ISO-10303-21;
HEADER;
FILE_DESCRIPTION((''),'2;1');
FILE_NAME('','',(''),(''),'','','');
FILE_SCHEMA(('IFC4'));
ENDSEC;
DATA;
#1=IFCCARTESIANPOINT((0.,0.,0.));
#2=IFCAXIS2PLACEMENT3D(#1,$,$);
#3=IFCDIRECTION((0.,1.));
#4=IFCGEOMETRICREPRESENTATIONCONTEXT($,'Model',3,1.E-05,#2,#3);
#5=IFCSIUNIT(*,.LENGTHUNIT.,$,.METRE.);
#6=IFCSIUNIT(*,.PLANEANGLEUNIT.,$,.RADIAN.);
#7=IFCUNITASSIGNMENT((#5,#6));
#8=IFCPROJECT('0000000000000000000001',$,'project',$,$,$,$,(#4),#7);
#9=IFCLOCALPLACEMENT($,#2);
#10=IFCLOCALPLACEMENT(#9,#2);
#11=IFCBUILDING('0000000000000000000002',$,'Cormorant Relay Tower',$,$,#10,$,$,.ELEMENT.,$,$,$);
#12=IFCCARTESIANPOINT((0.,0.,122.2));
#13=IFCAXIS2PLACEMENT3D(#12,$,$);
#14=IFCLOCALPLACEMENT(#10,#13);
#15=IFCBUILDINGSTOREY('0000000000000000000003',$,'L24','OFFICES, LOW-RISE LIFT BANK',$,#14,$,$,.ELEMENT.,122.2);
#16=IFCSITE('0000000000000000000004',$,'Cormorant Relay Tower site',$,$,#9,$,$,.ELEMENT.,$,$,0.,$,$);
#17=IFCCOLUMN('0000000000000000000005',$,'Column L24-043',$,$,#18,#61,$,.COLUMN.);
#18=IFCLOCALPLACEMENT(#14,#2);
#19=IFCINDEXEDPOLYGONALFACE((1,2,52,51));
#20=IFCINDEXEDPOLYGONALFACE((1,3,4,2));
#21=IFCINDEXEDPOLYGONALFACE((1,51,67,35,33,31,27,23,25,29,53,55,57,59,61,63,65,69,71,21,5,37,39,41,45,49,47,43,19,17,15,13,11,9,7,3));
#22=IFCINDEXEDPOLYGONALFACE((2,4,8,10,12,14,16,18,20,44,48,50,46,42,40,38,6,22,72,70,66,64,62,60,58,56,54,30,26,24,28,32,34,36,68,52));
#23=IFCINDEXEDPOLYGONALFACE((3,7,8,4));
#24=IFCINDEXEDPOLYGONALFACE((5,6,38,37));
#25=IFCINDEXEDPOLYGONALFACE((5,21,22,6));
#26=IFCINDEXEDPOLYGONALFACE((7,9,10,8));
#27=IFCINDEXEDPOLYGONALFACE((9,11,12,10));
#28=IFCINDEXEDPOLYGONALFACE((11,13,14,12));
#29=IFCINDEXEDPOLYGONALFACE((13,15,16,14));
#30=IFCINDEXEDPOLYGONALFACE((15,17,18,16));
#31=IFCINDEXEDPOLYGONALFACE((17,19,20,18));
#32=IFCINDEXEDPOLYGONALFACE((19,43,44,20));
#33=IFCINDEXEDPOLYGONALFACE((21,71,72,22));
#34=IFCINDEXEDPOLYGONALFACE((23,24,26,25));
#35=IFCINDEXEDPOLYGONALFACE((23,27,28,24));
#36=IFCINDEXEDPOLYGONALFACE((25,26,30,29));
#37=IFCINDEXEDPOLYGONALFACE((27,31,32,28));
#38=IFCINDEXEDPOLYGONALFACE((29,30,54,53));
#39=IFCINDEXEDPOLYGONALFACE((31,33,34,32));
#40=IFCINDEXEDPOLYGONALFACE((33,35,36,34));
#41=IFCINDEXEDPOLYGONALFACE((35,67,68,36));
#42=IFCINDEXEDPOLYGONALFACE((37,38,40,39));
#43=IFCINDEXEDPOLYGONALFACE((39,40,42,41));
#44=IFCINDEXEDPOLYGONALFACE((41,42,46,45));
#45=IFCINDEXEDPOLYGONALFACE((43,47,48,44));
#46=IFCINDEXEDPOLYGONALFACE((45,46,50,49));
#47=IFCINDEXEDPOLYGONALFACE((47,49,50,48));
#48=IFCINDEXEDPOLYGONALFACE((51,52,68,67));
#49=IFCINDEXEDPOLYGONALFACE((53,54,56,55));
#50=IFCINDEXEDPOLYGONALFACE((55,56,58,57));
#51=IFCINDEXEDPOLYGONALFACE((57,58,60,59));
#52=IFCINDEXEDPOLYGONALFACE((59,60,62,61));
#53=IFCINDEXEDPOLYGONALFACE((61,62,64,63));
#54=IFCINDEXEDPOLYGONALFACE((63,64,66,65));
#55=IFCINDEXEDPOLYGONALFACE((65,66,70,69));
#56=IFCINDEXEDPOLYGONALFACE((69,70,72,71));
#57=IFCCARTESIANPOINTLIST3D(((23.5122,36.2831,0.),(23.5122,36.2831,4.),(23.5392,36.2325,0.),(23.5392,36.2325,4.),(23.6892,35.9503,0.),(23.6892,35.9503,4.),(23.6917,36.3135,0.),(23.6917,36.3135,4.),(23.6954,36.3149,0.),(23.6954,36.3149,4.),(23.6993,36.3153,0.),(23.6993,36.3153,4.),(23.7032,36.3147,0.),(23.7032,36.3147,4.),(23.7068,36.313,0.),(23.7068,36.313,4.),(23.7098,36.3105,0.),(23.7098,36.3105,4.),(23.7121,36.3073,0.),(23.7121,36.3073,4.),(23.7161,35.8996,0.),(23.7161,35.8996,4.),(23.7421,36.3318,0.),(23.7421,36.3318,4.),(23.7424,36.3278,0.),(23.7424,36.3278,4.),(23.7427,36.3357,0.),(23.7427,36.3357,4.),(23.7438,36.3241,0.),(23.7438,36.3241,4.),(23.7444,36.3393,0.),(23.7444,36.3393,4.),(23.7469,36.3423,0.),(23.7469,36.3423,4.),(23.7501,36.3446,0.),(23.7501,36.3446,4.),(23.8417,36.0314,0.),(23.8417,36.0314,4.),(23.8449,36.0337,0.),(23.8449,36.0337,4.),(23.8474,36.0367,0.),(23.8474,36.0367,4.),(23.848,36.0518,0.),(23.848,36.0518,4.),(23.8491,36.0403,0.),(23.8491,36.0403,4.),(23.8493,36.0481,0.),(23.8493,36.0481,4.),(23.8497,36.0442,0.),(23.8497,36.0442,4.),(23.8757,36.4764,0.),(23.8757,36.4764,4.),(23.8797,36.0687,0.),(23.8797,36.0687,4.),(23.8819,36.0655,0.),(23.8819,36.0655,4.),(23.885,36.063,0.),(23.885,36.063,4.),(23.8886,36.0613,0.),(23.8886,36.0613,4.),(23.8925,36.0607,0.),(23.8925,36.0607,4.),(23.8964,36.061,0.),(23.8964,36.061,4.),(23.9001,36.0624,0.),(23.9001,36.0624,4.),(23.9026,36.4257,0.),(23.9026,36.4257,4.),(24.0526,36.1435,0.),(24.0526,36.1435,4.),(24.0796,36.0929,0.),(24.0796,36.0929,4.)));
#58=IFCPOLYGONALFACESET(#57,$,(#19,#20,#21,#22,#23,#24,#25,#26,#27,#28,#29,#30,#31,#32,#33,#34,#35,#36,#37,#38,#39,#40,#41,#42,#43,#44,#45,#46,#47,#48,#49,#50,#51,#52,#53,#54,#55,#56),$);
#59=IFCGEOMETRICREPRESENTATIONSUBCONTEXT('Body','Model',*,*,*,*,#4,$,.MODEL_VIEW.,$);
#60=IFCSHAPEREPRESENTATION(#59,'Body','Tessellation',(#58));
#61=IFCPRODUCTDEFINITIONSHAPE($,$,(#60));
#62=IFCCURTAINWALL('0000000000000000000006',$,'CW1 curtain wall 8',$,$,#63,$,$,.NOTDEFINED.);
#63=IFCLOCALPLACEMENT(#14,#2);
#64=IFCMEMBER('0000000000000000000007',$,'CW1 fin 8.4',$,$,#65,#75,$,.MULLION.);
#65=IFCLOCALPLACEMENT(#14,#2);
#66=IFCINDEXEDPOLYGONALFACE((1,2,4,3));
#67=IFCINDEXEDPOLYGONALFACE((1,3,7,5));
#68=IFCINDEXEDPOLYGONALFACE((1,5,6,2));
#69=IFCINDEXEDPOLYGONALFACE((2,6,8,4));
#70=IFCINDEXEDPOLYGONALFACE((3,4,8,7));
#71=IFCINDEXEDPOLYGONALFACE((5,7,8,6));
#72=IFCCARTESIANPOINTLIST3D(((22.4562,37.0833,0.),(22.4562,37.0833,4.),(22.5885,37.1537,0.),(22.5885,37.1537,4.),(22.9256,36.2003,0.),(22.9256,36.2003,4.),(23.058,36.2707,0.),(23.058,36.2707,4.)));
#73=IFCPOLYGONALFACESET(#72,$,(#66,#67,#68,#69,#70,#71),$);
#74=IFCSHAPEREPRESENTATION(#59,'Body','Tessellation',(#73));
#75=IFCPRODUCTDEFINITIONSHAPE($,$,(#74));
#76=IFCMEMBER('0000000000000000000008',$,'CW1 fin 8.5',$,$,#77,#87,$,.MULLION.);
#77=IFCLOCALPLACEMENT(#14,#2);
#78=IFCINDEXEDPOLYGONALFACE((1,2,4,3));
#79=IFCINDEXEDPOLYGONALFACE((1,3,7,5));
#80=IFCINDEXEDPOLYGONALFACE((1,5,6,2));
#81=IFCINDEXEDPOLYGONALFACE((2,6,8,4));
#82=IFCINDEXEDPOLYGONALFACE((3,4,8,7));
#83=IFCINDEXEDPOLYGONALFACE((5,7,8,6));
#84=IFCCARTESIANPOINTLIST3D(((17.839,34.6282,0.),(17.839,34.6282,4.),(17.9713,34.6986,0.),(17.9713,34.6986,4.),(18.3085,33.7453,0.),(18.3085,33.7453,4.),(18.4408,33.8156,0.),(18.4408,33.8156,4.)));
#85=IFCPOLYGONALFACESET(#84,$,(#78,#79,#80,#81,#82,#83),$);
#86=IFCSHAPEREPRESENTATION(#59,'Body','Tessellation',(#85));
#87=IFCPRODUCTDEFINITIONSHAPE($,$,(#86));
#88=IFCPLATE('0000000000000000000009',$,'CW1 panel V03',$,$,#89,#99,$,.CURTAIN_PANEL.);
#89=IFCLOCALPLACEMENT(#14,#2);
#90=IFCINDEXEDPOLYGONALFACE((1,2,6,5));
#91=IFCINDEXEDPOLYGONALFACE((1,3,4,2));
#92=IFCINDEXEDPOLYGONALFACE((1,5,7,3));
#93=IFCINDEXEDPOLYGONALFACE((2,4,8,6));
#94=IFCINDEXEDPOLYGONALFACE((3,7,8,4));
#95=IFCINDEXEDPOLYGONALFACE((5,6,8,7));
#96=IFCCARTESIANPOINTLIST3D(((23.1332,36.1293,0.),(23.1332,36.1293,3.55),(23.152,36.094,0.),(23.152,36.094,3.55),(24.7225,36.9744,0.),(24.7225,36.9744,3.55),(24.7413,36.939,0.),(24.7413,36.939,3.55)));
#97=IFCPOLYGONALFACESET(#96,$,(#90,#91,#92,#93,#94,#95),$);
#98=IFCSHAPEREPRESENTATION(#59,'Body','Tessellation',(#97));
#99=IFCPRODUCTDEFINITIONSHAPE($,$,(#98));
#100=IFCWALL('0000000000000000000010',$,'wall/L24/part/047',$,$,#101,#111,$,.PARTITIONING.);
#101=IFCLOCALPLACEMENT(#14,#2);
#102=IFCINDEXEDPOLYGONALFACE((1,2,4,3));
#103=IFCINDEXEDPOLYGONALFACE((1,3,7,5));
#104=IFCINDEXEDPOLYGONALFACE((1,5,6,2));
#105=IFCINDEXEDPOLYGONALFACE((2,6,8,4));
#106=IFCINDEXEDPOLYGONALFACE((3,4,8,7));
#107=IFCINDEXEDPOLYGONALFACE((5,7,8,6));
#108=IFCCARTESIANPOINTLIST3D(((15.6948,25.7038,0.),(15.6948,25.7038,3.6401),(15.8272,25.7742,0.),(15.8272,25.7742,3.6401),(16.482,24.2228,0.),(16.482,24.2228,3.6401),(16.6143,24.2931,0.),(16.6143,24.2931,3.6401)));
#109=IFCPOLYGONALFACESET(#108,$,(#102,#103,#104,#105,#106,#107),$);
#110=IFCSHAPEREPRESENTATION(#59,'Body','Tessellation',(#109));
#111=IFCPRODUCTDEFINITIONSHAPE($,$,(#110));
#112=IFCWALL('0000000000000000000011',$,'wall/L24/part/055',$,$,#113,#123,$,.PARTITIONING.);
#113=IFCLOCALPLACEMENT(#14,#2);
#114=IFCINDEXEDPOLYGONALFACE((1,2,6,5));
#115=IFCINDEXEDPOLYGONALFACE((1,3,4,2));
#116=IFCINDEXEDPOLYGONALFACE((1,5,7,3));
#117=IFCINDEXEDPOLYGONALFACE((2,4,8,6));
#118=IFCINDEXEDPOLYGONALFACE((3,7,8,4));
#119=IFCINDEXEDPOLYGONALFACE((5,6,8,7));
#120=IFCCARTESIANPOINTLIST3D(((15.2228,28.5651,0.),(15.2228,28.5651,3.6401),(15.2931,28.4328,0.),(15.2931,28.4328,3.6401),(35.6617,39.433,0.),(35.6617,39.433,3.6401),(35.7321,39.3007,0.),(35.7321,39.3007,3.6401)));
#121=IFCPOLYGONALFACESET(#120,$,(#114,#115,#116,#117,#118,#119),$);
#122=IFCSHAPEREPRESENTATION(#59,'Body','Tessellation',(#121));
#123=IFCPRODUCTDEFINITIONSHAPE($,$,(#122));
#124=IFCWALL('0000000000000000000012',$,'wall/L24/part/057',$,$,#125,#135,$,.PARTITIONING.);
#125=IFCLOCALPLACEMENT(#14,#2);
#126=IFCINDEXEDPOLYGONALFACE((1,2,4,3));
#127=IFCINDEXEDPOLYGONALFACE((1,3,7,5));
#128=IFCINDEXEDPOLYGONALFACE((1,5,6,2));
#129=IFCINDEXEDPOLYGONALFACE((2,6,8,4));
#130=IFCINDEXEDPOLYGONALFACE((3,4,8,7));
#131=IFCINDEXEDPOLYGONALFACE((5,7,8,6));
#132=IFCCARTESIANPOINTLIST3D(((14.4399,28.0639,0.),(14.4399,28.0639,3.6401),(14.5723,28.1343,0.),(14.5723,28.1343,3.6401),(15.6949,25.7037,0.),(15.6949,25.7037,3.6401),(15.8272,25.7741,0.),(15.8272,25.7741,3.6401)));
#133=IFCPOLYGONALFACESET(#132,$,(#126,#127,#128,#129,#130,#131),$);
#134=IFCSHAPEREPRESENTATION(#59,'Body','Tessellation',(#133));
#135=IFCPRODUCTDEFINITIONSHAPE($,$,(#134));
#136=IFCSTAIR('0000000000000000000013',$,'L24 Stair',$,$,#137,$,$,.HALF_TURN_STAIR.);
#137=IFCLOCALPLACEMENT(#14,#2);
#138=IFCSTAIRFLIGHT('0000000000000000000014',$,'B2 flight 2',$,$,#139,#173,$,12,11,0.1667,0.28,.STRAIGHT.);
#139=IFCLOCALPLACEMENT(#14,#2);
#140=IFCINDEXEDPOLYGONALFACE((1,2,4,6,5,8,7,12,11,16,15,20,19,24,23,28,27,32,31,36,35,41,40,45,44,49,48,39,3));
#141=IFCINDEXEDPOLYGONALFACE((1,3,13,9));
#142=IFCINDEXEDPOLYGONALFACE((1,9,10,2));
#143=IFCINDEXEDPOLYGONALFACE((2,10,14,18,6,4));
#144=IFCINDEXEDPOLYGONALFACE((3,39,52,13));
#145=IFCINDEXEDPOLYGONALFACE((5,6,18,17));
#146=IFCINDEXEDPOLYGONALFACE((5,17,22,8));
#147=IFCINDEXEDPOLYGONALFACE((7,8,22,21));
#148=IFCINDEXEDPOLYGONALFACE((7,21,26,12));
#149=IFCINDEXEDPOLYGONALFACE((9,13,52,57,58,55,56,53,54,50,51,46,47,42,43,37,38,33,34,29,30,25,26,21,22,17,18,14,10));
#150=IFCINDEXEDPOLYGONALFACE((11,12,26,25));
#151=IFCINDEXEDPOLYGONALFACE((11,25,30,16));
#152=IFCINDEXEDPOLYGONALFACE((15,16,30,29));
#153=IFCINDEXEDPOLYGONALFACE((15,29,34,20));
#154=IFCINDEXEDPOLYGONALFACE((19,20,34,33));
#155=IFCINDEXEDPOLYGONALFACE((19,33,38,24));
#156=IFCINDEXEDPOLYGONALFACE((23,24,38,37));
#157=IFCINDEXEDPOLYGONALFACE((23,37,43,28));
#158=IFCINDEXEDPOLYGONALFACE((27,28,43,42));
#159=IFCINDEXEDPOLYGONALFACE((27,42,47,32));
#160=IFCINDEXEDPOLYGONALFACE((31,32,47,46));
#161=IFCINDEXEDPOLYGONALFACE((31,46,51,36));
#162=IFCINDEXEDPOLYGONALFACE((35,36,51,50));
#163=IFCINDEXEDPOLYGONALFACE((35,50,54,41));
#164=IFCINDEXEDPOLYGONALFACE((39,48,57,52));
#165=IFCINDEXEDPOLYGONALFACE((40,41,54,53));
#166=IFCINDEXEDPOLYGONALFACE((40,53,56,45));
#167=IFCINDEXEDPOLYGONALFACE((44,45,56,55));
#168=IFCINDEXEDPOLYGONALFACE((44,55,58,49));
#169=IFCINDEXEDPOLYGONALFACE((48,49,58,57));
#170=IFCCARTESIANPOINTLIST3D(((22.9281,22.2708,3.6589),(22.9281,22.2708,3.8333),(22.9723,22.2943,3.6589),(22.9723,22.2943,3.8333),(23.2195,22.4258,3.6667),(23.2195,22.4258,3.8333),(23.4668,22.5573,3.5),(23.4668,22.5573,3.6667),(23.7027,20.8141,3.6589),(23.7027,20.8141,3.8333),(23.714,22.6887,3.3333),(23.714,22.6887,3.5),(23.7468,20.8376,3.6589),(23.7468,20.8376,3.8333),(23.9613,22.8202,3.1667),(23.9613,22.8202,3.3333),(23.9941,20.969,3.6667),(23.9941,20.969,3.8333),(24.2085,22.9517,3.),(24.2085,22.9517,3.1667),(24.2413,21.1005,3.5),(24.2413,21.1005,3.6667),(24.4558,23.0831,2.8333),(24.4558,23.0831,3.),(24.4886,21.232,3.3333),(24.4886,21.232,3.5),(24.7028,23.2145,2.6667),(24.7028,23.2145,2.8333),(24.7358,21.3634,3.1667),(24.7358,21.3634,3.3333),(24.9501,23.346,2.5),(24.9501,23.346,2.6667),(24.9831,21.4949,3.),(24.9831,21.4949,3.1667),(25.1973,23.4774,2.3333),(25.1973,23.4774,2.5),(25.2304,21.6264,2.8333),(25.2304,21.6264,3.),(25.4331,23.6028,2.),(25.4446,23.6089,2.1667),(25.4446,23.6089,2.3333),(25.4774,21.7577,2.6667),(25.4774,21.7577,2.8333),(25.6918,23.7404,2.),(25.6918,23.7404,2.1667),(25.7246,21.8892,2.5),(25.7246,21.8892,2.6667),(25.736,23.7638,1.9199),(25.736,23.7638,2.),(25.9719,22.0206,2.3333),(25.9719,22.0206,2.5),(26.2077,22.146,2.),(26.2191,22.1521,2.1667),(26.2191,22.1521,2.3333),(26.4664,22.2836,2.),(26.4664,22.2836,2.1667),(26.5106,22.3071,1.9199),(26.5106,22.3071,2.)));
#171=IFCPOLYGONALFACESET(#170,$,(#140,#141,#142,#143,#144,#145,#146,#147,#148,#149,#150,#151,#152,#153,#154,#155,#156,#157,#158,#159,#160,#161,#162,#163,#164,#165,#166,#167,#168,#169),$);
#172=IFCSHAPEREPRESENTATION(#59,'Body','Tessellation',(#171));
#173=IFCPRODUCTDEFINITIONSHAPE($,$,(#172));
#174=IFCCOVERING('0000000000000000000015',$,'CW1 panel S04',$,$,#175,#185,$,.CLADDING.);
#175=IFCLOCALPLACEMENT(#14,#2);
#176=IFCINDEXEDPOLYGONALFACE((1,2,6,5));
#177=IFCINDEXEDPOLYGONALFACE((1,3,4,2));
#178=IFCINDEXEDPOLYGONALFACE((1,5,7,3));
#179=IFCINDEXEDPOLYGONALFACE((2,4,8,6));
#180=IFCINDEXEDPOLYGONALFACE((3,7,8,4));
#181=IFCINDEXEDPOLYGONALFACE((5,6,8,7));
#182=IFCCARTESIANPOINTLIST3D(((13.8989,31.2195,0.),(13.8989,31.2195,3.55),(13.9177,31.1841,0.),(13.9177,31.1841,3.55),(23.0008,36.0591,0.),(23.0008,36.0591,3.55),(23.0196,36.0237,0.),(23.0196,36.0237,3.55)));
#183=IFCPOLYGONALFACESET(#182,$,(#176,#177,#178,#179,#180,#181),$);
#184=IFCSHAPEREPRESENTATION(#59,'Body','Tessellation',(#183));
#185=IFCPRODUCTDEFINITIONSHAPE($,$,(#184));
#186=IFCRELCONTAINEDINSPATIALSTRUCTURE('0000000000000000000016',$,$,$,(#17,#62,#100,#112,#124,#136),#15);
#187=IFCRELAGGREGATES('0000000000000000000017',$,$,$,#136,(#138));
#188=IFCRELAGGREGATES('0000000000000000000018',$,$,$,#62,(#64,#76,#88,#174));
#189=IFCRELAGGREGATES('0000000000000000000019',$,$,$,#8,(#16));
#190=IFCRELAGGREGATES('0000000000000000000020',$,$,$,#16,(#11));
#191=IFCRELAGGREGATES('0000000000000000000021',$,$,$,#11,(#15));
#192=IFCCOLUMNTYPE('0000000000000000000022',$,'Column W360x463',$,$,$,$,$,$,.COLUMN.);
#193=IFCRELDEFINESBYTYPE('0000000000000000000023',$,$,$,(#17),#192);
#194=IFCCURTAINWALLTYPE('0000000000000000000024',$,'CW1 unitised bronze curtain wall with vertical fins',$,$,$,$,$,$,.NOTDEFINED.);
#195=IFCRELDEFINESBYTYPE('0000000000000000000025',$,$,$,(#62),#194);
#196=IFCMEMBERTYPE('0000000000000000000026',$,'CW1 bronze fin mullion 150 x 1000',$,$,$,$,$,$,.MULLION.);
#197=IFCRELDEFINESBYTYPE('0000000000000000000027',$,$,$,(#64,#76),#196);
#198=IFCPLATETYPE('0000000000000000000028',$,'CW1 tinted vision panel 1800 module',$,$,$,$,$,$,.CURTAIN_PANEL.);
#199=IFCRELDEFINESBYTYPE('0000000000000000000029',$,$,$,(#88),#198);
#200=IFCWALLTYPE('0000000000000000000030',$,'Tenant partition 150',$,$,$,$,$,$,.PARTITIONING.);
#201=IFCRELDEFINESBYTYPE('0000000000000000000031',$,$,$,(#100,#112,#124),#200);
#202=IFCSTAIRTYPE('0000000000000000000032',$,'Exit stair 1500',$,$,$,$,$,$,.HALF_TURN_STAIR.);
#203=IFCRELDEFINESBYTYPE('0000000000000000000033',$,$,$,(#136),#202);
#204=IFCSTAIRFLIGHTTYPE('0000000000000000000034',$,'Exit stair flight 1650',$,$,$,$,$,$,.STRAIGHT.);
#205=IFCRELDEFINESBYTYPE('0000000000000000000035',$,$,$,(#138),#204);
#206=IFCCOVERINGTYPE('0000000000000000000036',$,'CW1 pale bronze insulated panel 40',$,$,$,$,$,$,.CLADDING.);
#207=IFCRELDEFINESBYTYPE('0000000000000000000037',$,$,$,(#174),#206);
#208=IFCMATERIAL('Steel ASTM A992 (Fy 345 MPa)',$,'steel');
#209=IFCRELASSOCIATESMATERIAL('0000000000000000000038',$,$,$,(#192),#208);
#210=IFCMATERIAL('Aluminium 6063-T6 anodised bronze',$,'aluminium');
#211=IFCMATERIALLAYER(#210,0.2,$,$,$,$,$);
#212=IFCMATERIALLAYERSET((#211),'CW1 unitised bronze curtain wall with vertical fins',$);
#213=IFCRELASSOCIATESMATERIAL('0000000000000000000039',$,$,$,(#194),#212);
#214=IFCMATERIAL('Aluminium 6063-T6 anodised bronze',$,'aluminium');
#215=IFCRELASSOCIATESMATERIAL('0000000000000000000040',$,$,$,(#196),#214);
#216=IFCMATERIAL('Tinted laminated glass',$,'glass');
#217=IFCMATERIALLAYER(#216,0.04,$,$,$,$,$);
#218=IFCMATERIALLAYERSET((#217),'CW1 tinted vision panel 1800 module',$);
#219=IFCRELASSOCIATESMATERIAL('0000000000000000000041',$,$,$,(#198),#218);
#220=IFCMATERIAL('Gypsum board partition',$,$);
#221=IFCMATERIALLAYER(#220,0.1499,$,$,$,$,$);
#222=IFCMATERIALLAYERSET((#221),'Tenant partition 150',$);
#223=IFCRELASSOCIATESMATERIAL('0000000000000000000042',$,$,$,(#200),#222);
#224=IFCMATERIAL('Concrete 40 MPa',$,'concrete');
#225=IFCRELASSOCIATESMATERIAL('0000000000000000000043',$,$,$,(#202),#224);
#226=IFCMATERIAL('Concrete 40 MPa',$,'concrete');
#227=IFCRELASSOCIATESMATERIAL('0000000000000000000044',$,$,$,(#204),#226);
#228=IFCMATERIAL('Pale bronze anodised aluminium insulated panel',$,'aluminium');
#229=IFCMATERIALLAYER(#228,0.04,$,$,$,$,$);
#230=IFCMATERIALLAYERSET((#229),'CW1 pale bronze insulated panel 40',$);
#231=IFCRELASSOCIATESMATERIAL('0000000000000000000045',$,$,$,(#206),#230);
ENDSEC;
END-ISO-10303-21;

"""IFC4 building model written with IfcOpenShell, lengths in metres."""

from ifc_helpers import new_model, si_unit, direction, frame, frame_2d, origin, origin_2d, place, context, subcontext, project, spatial, polyline, rectangle, i_section, outline, extrude, material, layer, layer_set, material_profile, profile_set, type_object, element, aggregate, save


model = new_model("IFC4")

# Units and contexts
model_context = context("Model", 3, precision=1e-05, world=origin(), true_north=direction((0.0, 1.0)))
body_context = subcontext(model_context, "Body", "Model", "MODEL_VIEW")
ifc_project = project(units=[si_unit("LENGTHUNIT", "METRE"), si_unit("PLANEANGLEUNIT", "RADIAN")], contexts=[model_context])

# Site, building, storey
site_placement = place(None, origin())
site = spatial("IfcSite", under=ifc_project, at=site_placement, Name="Cormorant Relay Tower site", CompositionType="ELEMENT", RefElevation=0.0)
building_placement = place(site_placement, origin())
building = spatial("IfcBuilding", under=site, at=building_placement, Name="Cormorant Relay Tower", CompositionType="ELEMENT")
storey_placement = place(building_placement, frame((0.0, 0.0, 122.2)))
storey = spatial("IfcBuildingStorey", under=building, at=storey_placement, Name="L24", Description="OFFICES, LOW-RISE LIFT BANK", CompositionType="ELEMENT", Elevation=122.2)

# Column
ifc_material_1 = material(Name="Steel ASTM A992 (Fy 345 MPa)", Category="steel")
ifc_material_profile_1 = material_profile(ifc_material_1, i_section(OverallWidth=0.4116, OverallDepth=0.4343, WebThickness=0.0359, FlangeThickness=0.0574, FilletRadius=0.0151, at=origin_2d()), Name="W360x463")
ifc_profile_set_1 = profile_set([ifc_material_profile_1], Name="Steel ASTM A992 (Fy 345 MPa)")
column_type = type_object("IfcColumnType", Name="Column W360x463", PredefinedType="COLUMN", material=ifc_profile_set_1)
column_placement = place(storey_placement, frame((23.7959, 36.188, 0.0), z_axis=(0.0, 0.0, 1.0), x_axis=(-0.882948, -0.469472, 0.0)))
element("IfcColumn", 1, at=column_placement, inside=storey, type_object=column_type, Name="Column L24-043", PredefinedType="COLUMN", context=body_context, shape_type="SweptSolid", body=[
    extrude(i_section(OverallWidth=0.4116, OverallDepth=0.4343, WebThickness=0.0359, FlangeThickness=0.0574, FilletRadius=0.0151, at=origin_2d()), origin(), (0.0, 0.0, 1.0), 4.0),
])

# Curtain wall, members, plate
ifc_material_2 = material(Name="Aluminium 6063-T6 anodised bronze", Category="aluminium")
ifc_layer_1 = layer(ifc_material_2, 0.2)
ifc_layer_set_1 = layer_set([ifc_layer_1], Name="CW1 unitised bronze curtain wall with vertical fins")
curtain_wall_type = type_object("IfcCurtainWallType", Name="CW1 unitised bronze curtain wall with vertical fins", PredefinedType="NOTDEFINED", material=ifc_layer_set_1)
curtain_wall_placement = place(storey_placement, origin())
curtain_wall = element("IfcCurtainWall", 2, at=curtain_wall_placement, inside=storey, type_object=curtain_wall_type, Name="CW1 curtain wall 8", PredefinedType="NOTDEFINED")
ifc_material_3 = material(Name="Aluminium 6063-T6 anodised bronze", Category="aluminium")
ifc_material_profile_2 = material_profile(ifc_material_3, rectangle(XDim=0.1499, YDim=1.0, at=origin_2d()), Name="AL 150x1000")
ifc_profile_set_2 = profile_set([ifc_material_profile_2], Name="Aluminium 6063-T6 anodised bronze")
member_type = type_object("IfcMemberType", Name="CW1 bronze fin mullion 150 x 1000", PredefinedType="MULLION", material=ifc_profile_set_2)
member_1_placement = place(storey_placement, frame((22.7571, 36.677, 0.0), z_axis=(0.0, 0.0, 1.0), x_axis=(-0.882948, -0.469472, 0.0)))
member_1 = element("IfcMember", 3, at=member_1_placement, type_object=member_type, Name="CW1 fin 8.4", PredefinedType="MULLION", context=body_context, shape_type="SweptSolid", body=[
    extrude(rectangle(XDim=0.1499, YDim=1.0, at=origin_2d()), origin(), (0.0, 0.0, 1.0), 4.0),
])
member_2_placement = place(storey_placement, frame((18.1399, 34.2219, 0.0), z_axis=(0.0, 0.0, 1.0), x_axis=(-0.882948, -0.469472, 0.0)))
member_2 = element("IfcMember", 4, at=member_2_placement, type_object=member_type, Name="CW1 fin 8.5", PredefinedType="MULLION", context=body_context, shape_type="SweptSolid", body=[
    extrude(rectangle(XDim=0.1499, YDim=1.0, at=origin_2d()), origin(), (0.0, 0.0, 1.0), 4.0),
])
ifc_material_4 = material(Name="Tinted laminated glass", Category="glass")
ifc_layer_2 = layer(ifc_material_4, 0.04)
ifc_layer_set_2 = layer_set([ifc_layer_2], Name="CW1 tinted vision panel 1800 module")
plate_type = type_object("IfcPlateType", Name="CW1 tinted vision panel 1800 module", PredefinedType="CURTAIN_PANEL", material=ifc_layer_set_2)
plate_placement = place(storey_placement, frame((23.9373, 36.5342, 0.0), z_axis=(0.0, 0.0, 1.0), x_axis=(-0.882948, -0.469472, 0.0)))
plate = element("IfcPlate", 5, at=plate_placement, type_object=plate_type, Name="CW1 panel V03", PredefinedType="CURTAIN_PANEL", context=body_context, shape_type="SweptSolid", body=[
    extrude(rectangle(XDim=1.8, YDim=0.04, at=origin_2d()), origin(), (0.0, 0.0, 1.0), 3.55),
])

# Walls
ifc_material_5 = material(Name="Gypsum board partition")
ifc_layer_3 = layer(ifc_material_5, 0.1499)
ifc_layer_set_3 = layer_set([ifc_layer_3], Name="Tenant partition 150")
wall_type = type_object("IfcWallType", Name="Tenant partition 150", PredefinedType="PARTITIONING", material=ifc_layer_set_3)
wall_1_placement = place(storey_placement, frame((15.761, 25.739, 0.0), z_axis=(0.0, 0.0, 1.0), x_axis=(0.469318, -0.883029, 0.0)))
element("IfcWall", 6, at=wall_1_placement, inside=storey, type_object=wall_type, Name="wall/L24/part/047", PredefinedType="PARTITIONING", context=body_context, shape_type="SweptSolid", body=[
    extrude(rectangle(XDim=1.6772, YDim=0.1499, at=frame_2d((0.8386, 0.0))), origin(), (0.0, 0.0, 1.0), 3.6401),
])
wall_2_placement = place(storey_placement, frame((15.2581, 28.499, 0.0), z_axis=(0.0, 0.0, 1.0), x_axis=(0.882942, 0.469483, 0.0)))
element("IfcWall", 7, at=wall_2_placement, inside=storey, type_object=wall_type, Name="wall/L24/part/055", PredefinedType="PARTITIONING", context=body_context, shape_type="SweptSolid", body=[
    extrude(rectangle(XDim=23.1487, YDim=0.1499, at=frame_2d((11.5742, 0.0))), origin(), (0.0, 0.0, 1.0), 3.6401),
])
wall_3_placement = place(storey_placement, frame((15.761, 25.739, 0.0), z_axis=(0.0, 0.0, 1.0), x_axis=(-0.469469, 0.882949, 0.0)))
element("IfcWall", 8, at=wall_3_placement, inside=storey, type_object=wall_type, Name="wall/L24/part/057", PredefinedType="PARTITIONING", context=body_context, shape_type="SweptSolid", body=[
    extrude(rectangle(XDim=2.6731, YDim=0.1499, at=frame_2d((1.3364, 0.0))), origin(), (0.0, 0.0, 1.0), 3.6401),
])

# Stair, stair flight
ifc_material_6 = material(Name="Concrete 40 MPa", Category="concrete")
stair_type = type_object("IfcStairType", Name="Exit stair 1500", PredefinedType="HALF_TURN_STAIR", material=ifc_material_6)
stair_placement = place(storey_placement, origin())
stair = element("IfcStair", 9, at=stair_placement, inside=storey, type_object=stair_type, Name="L24 Stair", PredefinedType="HALF_TURN_STAIR")
ifc_material_7 = material(Name="Concrete 40 MPa", Category="concrete")
stair_flight_type = type_object("IfcStairFlightType", Name="Exit stair flight 1650", PredefinedType="STRAIGHT", material=ifc_material_7)
stair_flight_placement = place(storey_placement, frame((26.0791, 23.012, 2.0), z_axis=(0.0, 0.0, 1.0), x_axis=(-0.882948, -0.469472, 0.0)))
stair_flight = element("IfcStairFlight", 10, at=stair_flight_placement, type_object=stair_flight_type, Name="B2 flight 2", NumberOfRisers=12, NumberOfTreads=11, PredefinedType="STRAIGHT", RiserHeight=0.1667, TreadLength=0.28, context=body_context, shape_type="SweptSolid", body=[
    extrude(outline(polyline([(-0.05, -0.0801), (-0.05, 0.0), (0.0, 0.0), (0.0, 0.1667), (0.28, 0.1667), (0.28, 0.3333), (0.5601, 0.3333), (0.5601, 0.5), (0.8401, 0.5), (0.8401, 0.6667), (1.1201, 0.6667), (1.1201, 0.8333), (1.3999, 0.8333), (1.3999, 1.0), (1.6799, 1.0), (1.6799, 1.1667), (1.96, 1.1667), (1.96, 1.3333), (2.24, 1.3333), (2.24, 1.5), (2.52, 1.5), (2.52, 1.6667), (2.8, 1.6667), (2.8, 1.8333), (3.0801, 1.8333), (3.1301, 1.8333), (3.1301, 1.6589), (3.0801, 1.6589), (0.293, 0.0), (-0.05, -0.0801)])), frame((0.0, 0.825, 0.0), z_axis=(0.0, -1.0, 0.0), x_axis=(1.0, 0.0, 0.0)), (0.0, 0.0, 1.0), 1.6499),
])
aggregate(stair, [stair_flight])

# Covering
ifc_material_8 = material(Name="Pale bronze anodised aluminium insulated panel", Category="aluminium")
ifc_layer_4 = layer(ifc_material_8, 0.04)
ifc_layer_set_4 = layer_set([ifc_layer_4], Name="CW1 pale bronze insulated panel 40")
covering_type = type_object("IfcCoveringType", Name="CW1 pale bronze insulated panel 40", PredefinedType="CLADDING", material=ifc_layer_set_4)
covering_placement = place(storey_placement, frame((18.4592, 33.6216, 0.0), z_axis=(0.0, 0.0, 1.0), x_axis=(-0.882948, -0.469472, 0.0)))
covering = element("IfcCovering", 11, at=covering_placement, type_object=covering_type, Name="CW1 panel S04", PredefinedType="CLADDING", context=body_context, shape_type="SweptSolid", body=[
    extrude(rectangle(XDim=10.3086, YDim=0.04, at=origin_2d()), origin(), (0.0, 0.0, 1.0), 3.55),
])
aggregate(curtain_wall, [member_1, member_2, plate, covering])

save(model, "model.ifc")
